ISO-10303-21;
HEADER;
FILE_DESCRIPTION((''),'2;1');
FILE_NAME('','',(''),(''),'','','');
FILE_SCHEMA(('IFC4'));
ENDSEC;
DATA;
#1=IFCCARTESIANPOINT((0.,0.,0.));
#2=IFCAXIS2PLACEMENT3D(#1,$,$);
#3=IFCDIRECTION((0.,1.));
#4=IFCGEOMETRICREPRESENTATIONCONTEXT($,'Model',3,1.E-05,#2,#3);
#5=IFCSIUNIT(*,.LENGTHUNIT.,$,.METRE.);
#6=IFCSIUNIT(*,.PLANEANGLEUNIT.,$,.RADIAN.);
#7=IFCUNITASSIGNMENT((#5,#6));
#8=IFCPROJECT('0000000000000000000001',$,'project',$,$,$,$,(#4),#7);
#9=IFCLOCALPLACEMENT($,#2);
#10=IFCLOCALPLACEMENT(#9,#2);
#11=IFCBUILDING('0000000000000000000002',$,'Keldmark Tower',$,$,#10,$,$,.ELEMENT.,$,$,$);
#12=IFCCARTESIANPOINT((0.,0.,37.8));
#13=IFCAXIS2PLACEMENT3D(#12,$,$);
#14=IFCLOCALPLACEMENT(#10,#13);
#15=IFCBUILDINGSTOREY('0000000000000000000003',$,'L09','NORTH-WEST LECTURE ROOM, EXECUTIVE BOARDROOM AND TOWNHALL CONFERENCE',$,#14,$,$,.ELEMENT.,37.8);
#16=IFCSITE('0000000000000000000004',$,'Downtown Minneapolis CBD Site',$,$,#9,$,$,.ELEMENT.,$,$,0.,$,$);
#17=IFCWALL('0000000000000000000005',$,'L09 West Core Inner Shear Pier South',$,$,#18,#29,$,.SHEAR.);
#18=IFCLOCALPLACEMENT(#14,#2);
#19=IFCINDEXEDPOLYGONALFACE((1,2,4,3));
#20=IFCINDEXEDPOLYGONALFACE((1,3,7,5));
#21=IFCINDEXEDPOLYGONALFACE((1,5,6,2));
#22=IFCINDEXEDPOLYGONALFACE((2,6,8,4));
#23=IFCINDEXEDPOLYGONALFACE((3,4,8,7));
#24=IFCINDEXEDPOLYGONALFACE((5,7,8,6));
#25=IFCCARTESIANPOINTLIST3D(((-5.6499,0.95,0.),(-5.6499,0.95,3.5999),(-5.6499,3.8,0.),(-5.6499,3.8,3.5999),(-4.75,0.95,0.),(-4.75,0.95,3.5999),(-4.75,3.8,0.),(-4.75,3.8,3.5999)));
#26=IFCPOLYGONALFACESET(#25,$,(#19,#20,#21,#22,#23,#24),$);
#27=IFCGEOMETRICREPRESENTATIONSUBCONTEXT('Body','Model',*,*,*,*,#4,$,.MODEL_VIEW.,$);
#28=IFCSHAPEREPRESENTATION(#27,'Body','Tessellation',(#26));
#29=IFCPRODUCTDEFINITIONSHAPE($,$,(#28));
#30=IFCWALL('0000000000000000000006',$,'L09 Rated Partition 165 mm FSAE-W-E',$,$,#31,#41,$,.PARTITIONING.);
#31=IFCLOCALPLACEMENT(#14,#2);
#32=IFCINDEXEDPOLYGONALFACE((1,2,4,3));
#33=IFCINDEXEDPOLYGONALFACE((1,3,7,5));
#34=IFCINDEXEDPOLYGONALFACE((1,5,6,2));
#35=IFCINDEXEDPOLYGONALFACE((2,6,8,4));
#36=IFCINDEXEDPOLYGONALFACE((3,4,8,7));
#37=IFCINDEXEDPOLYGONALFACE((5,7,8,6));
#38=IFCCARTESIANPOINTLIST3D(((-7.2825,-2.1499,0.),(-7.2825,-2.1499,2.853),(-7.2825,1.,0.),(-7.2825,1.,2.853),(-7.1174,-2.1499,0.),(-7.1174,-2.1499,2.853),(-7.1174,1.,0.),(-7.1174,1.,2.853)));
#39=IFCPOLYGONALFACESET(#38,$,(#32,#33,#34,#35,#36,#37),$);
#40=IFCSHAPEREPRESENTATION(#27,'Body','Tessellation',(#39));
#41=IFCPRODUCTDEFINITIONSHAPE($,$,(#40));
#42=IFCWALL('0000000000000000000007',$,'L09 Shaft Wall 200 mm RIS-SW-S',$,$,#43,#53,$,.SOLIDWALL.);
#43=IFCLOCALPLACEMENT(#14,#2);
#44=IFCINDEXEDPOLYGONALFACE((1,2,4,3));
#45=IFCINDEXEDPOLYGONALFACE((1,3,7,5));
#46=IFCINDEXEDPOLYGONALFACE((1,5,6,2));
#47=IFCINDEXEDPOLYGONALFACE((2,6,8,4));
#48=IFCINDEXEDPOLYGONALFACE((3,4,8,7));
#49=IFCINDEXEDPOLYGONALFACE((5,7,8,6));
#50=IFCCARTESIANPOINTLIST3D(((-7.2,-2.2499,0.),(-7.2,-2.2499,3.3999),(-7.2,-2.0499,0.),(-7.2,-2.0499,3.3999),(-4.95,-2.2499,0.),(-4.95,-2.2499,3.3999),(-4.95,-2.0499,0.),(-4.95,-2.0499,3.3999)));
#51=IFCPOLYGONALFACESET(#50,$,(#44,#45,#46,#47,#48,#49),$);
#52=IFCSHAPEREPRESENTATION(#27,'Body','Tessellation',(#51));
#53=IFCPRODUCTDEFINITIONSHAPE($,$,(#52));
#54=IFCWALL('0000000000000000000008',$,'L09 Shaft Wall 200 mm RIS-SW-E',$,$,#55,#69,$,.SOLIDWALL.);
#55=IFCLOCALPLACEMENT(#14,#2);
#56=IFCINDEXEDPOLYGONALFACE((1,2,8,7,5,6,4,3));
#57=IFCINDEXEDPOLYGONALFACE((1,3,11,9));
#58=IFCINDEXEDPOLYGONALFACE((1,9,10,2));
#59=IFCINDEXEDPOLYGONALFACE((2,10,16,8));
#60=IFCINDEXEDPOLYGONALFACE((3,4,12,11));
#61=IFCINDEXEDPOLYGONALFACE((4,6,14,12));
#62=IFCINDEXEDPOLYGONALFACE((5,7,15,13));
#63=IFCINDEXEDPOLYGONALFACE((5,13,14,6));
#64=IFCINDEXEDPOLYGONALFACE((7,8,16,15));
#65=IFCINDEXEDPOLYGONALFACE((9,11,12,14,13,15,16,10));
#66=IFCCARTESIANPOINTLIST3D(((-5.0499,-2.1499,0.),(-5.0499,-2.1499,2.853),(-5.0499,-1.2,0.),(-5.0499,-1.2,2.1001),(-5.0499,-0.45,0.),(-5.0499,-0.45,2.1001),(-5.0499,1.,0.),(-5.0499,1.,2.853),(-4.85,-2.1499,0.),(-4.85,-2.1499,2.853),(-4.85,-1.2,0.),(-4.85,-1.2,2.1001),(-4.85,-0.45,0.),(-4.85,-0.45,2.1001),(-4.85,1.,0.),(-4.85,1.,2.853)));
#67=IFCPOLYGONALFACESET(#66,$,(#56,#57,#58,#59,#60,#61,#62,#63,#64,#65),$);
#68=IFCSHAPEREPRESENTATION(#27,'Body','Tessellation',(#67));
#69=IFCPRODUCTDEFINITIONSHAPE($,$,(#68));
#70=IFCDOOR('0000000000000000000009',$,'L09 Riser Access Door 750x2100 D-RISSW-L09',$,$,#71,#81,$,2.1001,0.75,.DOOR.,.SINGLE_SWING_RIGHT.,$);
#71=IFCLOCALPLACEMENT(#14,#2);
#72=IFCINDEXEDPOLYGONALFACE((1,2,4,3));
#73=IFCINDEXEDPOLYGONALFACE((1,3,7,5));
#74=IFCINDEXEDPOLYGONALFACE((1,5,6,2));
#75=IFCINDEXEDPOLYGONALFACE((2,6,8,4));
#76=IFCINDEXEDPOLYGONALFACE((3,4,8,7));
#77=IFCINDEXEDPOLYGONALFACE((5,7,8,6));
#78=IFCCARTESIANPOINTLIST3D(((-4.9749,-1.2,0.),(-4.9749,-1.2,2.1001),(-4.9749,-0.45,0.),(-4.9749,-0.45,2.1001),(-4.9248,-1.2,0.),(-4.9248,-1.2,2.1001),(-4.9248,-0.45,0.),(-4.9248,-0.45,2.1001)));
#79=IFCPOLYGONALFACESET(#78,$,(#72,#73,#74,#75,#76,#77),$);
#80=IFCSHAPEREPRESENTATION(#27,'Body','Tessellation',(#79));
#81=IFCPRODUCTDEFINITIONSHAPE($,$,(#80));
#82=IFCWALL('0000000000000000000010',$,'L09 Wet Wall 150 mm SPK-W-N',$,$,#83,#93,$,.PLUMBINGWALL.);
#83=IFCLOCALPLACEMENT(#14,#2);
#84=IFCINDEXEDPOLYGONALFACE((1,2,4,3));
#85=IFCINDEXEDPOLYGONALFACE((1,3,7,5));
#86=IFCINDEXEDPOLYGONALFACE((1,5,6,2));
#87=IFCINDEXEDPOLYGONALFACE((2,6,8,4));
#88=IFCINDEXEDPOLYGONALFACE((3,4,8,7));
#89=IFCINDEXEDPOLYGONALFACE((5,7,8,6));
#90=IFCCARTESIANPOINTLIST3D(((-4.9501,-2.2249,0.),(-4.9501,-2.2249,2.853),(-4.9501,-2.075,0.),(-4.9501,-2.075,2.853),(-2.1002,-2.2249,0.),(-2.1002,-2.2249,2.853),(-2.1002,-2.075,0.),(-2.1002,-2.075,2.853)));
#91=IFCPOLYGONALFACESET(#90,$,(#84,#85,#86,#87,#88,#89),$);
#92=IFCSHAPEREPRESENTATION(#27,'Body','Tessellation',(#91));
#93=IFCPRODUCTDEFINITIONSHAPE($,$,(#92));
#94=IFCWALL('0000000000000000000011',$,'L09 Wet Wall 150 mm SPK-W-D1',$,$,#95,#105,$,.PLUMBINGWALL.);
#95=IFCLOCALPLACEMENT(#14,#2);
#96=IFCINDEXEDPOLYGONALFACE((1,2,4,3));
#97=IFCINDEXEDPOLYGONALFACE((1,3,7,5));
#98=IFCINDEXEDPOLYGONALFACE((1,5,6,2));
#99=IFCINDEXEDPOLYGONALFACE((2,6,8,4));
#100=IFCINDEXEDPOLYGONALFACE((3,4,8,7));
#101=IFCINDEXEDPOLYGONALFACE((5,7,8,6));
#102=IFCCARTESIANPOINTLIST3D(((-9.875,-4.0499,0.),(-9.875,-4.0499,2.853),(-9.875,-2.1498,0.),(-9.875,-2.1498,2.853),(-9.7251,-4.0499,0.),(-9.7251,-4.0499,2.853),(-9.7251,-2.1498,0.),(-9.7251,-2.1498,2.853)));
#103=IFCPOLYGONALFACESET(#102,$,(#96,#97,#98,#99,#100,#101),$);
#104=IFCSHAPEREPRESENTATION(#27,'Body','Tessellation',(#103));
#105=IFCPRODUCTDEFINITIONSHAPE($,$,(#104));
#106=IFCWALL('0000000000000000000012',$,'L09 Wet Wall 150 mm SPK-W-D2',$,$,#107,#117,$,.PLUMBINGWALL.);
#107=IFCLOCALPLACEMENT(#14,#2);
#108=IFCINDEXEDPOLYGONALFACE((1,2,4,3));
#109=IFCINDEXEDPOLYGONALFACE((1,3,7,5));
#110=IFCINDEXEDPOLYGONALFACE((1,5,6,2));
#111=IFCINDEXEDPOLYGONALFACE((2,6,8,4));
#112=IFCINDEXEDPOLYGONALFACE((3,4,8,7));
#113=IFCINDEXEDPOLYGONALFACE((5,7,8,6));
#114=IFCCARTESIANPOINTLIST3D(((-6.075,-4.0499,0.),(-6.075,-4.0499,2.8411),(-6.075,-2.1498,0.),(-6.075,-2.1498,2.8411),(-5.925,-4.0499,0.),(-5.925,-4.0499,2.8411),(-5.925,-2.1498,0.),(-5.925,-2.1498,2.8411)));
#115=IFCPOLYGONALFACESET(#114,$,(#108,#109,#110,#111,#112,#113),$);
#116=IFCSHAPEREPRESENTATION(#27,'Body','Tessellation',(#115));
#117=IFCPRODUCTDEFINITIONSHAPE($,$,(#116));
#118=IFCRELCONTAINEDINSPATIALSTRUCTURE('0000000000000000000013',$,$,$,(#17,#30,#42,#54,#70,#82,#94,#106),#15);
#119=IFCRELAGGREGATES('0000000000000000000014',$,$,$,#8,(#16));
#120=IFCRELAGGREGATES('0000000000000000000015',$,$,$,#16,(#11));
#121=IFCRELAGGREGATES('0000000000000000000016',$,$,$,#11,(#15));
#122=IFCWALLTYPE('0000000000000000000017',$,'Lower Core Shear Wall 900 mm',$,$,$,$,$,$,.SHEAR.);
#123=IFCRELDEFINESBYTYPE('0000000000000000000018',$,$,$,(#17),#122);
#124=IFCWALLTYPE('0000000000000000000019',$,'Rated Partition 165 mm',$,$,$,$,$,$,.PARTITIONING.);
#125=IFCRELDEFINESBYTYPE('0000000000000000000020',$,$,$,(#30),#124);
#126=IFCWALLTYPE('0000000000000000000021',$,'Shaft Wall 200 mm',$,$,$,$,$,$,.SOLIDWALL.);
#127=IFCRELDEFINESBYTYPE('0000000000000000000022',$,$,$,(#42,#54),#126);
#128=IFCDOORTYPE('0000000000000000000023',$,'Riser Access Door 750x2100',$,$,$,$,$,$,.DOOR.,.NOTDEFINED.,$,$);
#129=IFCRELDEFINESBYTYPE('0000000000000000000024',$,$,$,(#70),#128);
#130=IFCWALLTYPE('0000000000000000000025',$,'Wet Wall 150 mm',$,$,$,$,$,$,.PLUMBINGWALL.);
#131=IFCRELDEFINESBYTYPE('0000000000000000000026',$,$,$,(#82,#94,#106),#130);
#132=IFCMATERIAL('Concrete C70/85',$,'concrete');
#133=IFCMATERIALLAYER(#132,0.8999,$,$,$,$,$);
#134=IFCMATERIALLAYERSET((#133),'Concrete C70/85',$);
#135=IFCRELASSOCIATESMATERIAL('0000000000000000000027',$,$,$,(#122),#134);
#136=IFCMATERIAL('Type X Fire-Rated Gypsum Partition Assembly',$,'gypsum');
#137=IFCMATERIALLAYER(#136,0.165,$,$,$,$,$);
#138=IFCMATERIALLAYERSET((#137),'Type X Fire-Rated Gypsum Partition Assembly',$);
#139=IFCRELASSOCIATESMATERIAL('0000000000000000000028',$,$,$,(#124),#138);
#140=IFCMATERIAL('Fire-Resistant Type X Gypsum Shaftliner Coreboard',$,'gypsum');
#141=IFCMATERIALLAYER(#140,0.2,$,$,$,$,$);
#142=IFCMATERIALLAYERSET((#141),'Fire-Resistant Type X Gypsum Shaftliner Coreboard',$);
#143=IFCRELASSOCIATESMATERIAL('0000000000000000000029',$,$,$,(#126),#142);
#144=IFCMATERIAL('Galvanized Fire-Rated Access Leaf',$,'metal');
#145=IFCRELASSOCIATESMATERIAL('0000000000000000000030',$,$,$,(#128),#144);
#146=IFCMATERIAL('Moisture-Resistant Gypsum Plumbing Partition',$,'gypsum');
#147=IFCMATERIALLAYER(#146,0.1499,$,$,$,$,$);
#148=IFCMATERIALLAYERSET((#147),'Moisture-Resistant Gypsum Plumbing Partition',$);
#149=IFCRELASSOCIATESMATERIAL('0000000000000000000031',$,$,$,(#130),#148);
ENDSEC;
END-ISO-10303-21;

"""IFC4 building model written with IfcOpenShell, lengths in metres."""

from ifc_helpers import new_model, si_unit, direction, frame, frame_2d, origin, place, context, subcontext, project, spatial, rectangle, extrude, material, layer, layer_set, type_object, element, fill, save


model = new_model("IFC4")

# Units and contexts
model_context = context("Model", 3, precision=1e-05, world=origin(), true_north=direction((0.0, 1.0)))
body_context = subcontext(model_context, "Body", "Model", "MODEL_VIEW")
ifc_project = project(units=[si_unit("LENGTHUNIT", "METRE"), si_unit("PLANEANGLEUNIT", "RADIAN")], contexts=[model_context])

# Site, building, storey
site_placement = place(None, origin())
site = spatial("IfcSite", under=ifc_project, at=site_placement, Name="Downtown Minneapolis CBD Site", CompositionType="ELEMENT", RefElevation=0.0)
building_placement = place(site_placement, origin())
building = spatial("IfcBuilding", under=site, at=building_placement, Name="Keldmark Tower", CompositionType="ELEMENT")
storey_placement = place(building_placement, frame((0.0, 0.0, 37.8)))
storey = spatial("IfcBuildingStorey", under=building, at=storey_placement, Name="L09", Description="NORTH-WEST LECTURE ROOM, EXECUTIVE BOARDROOM AND TOWNHALL CONFERENCE", CompositionType="ELEMENT", Elevation=37.8)

# Shared definitions
ifc_material_1 = material(Name="Concrete C70/85", Category="concrete")
ifc_layer_1 = layer(ifc_material_1, 0.8999)
ifc_layer_set_1 = layer_set([ifc_layer_1], Name="Concrete C70/85")
wall_type_1 = type_object("IfcWallType", Name="Lower Core Shear Wall 900 mm", PredefinedType="SHEAR", material=ifc_layer_set_1)

# Walls
wall_1_placement = place(storey_placement, frame((-5.2, 0.95, 0.0), z_axis=(0.0, 0.0, 1.0), x_axis=(0.0, 1.0, 0.0)))
element("IfcWall", 1, at=wall_1_placement, inside=storey, type_object=wall_type_1, Name="L09 West Core Inner Shear Pier South", PredefinedType="SHEAR", context=body_context, shape_type="SweptSolid", body=[
    extrude(rectangle(XDim=2.8501, YDim=0.8999, at=frame_2d((1.425, 0.0))), origin(), (0.0, 0.0, 1.0), 3.5999),
])
ifc_material_2 = material(Name="Type X Fire-Rated Gypsum Partition Assembly", Category="gypsum")
ifc_layer_2 = layer(ifc_material_2, 0.165)
ifc_layer_set_2 = layer_set([ifc_layer_2], Name="Type X Fire-Rated Gypsum Partition Assembly")
wall_type_2 = type_object("IfcWallType", Name="Rated Partition 165 mm", PredefinedType="PARTITIONING", material=ifc_layer_set_2)
wall_2_placement = place(storey_placement, frame((-7.2, -2.1499, 0.0), z_axis=(0.0, 0.0, 1.0), x_axis=(0.0, 1.0, 0.0)))
element("IfcWall", 2, at=wall_2_placement, inside=storey, type_object=wall_type_2, Name="L09 Rated Partition 165 mm FSAE-W-E", PredefinedType="PARTITIONING", context=body_context, shape_type="SweptSolid", body=[
    extrude(rectangle(XDim=3.1499, YDim=0.165, at=frame_2d((1.575, 0.0))), origin(), (0.0, 0.0, 1.0), 2.853),
])
ifc_material_3 = material(Name="Fire-Resistant Type X Gypsum Shaftliner Coreboard", Category="gypsum")
ifc_layer_3 = layer(ifc_material_3, 0.2)
ifc_layer_set_3 = layer_set([ifc_layer_3], Name="Fire-Resistant Type X Gypsum Shaftliner Coreboard")
wall_type_3 = type_object("IfcWallType", Name="Shaft Wall 200 mm", PredefinedType="SOLIDWALL", material=ifc_layer_set_3)
wall_3_placement = place(storey_placement, frame((-7.2, -2.1499, 0.0), z_axis=(0.0, 0.0, 1.0), x_axis=(1.0, 0.0, 0.0)))
element("IfcWall", 3, at=wall_3_placement, inside=storey, type_object=wall_type_3, Name="L09 Shaft Wall 200 mm RIS-SW-S", PredefinedType="SOLIDWALL", context=body_context, shape_type="SweptSolid", body=[
    extrude(rectangle(XDim=2.25, YDim=0.2, at=frame_2d((1.125, 0.0))), origin(), (0.0, 0.0, 1.0), 3.3999),
])

# Wall, opening, door
wall_4_placement = place(storey_placement, frame((-4.95, -2.1499, 0.0), z_axis=(0.0, 0.0, 1.0), x_axis=(0.0, 1.0, 0.0)))
wall_4 = element("IfcWall", 4, at=wall_4_placement, inside=storey, type_object=wall_type_3, Name="L09 Shaft Wall 200 mm RIS-SW-E", PredefinedType="SOLIDWALL", context=body_context, shape_type="SweptSolid", body=[
    extrude(rectangle(XDim=3.1499, YDim=0.2, at=frame_2d((1.575, 0.0))), origin(), (0.0, 0.0, 1.0), 2.853),
])
opening_1_placement = place(wall_4_placement, frame((0.95, 0.0, 0.0)))
opening_1 = element("IfcOpeningElement", 5, at=opening_1_placement, cuts=wall_4, PredefinedType="OPENING", context=body_context, shape_type="SweptSolid", body=[
    extrude(rectangle(XDim=0.75, YDim=2.1001, at=frame_2d((0.375, 1.05))), frame((0.0, 0.1099, 0.0), z_axis=(0.0, -1.0, 0.0), x_axis=(1.0, 0.0, 0.0)), (0.0, 0.0, 1.0), 0.22),
])
ifc_material_4 = material(Name="Galvanized Fire-Rated Access Leaf", Category="metal")
door_type_1 = type_object("IfcDoorType", Name="Riser Access Door 750x2100", OperationType="NOTDEFINED", PredefinedType="DOOR", material=ifc_material_4)
door_1_placement = place(opening_1_placement, origin())
door_1 = element("IfcDoor", 6, at=door_1_placement, inside=storey, type_object=door_type_1, Name="L09 Riser Access Door 750x2100 D-RISSW-L09", OperationType="SINGLE_SWING_RIGHT", OverallHeight=2.1001, OverallWidth=0.75, PredefinedType="DOOR", context=body_context, shape_type="SweptSolid", body=[
    extrude(rectangle(XDim=0.75, YDim=2.1001, at=frame_2d((0.375, 1.05))), frame((0.0, 0.0249, 0.0), z_axis=(0.0, -1.0, 0.0), x_axis=(1.0, 0.0, 0.0)), (0.0, 0.0, 1.0), 0.05),
])
fill(opening_1, door_1)

# Walls
ifc_material_5 = material(Name="Moisture-Resistant Gypsum Plumbing Partition", Category="gypsum")
ifc_layer_4 = layer(ifc_material_5, 0.1499)
ifc_layer_set_4 = layer_set([ifc_layer_4], Name="Moisture-Resistant Gypsum Plumbing Partition")
wall_type_4 = type_object("IfcWallType", Name="Wet Wall 150 mm", PredefinedType="PLUMBINGWALL", material=ifc_layer_set_4)
wall_5_placement = place(storey_placement, frame((-4.95, -2.1499, 0.0), z_axis=(0.0, 0.0, 1.0), x_axis=(1.0, 0.0, 0.0)))
element("IfcWall", 7, at=wall_5_placement, inside=storey, type_object=wall_type_4, Name="L09 Wet Wall 150 mm SPK-W-N", PredefinedType="PLUMBINGWALL", context=body_context, shape_type="SweptSolid", body=[
    extrude(rectangle(XDim=2.8499, YDim=0.1499, at=frame_2d((1.4248, 0.0))), origin(), (0.0, 0.0, 1.0), 2.853),
])
wall_6_placement = place(storey_placement, frame((-9.8, -4.05, 0.0), z_axis=(0.0, 0.0, 1.0), x_axis=(0.0, 1.0, 0.0)))
element("IfcWall", 8, at=wall_6_placement, inside=storey, type_object=wall_type_4, Name="L09 Wet Wall 150 mm SPK-W-D1", PredefinedType="PLUMBINGWALL", context=body_context, shape_type="SweptSolid", body=[
    extrude(rectangle(XDim=1.9001, YDim=0.1499, at=frame_2d((0.9502, 0.0))), origin(), (0.0, 0.0, 1.0), 2.853),
])
wall_7_placement = place(storey_placement, frame((-6.0, -4.05, 0.0), z_axis=(0.0, 0.0, 1.0), x_axis=(0.0, 1.0, 0.0)))
element("IfcWall", 9, at=wall_7_placement, inside=storey, type_object=wall_type_4, Name="L09 Wet Wall 150 mm SPK-W-D2", PredefinedType="PLUMBINGWALL", context=body_context, shape_type="SweptSolid", body=[
    extrude(rectangle(XDim=1.9001, YDim=0.1499, at=frame_2d((0.9502, 0.0))), origin(), (0.0, 0.0, 1.0), 2.8411),
])

save(model, "model.ifc")
